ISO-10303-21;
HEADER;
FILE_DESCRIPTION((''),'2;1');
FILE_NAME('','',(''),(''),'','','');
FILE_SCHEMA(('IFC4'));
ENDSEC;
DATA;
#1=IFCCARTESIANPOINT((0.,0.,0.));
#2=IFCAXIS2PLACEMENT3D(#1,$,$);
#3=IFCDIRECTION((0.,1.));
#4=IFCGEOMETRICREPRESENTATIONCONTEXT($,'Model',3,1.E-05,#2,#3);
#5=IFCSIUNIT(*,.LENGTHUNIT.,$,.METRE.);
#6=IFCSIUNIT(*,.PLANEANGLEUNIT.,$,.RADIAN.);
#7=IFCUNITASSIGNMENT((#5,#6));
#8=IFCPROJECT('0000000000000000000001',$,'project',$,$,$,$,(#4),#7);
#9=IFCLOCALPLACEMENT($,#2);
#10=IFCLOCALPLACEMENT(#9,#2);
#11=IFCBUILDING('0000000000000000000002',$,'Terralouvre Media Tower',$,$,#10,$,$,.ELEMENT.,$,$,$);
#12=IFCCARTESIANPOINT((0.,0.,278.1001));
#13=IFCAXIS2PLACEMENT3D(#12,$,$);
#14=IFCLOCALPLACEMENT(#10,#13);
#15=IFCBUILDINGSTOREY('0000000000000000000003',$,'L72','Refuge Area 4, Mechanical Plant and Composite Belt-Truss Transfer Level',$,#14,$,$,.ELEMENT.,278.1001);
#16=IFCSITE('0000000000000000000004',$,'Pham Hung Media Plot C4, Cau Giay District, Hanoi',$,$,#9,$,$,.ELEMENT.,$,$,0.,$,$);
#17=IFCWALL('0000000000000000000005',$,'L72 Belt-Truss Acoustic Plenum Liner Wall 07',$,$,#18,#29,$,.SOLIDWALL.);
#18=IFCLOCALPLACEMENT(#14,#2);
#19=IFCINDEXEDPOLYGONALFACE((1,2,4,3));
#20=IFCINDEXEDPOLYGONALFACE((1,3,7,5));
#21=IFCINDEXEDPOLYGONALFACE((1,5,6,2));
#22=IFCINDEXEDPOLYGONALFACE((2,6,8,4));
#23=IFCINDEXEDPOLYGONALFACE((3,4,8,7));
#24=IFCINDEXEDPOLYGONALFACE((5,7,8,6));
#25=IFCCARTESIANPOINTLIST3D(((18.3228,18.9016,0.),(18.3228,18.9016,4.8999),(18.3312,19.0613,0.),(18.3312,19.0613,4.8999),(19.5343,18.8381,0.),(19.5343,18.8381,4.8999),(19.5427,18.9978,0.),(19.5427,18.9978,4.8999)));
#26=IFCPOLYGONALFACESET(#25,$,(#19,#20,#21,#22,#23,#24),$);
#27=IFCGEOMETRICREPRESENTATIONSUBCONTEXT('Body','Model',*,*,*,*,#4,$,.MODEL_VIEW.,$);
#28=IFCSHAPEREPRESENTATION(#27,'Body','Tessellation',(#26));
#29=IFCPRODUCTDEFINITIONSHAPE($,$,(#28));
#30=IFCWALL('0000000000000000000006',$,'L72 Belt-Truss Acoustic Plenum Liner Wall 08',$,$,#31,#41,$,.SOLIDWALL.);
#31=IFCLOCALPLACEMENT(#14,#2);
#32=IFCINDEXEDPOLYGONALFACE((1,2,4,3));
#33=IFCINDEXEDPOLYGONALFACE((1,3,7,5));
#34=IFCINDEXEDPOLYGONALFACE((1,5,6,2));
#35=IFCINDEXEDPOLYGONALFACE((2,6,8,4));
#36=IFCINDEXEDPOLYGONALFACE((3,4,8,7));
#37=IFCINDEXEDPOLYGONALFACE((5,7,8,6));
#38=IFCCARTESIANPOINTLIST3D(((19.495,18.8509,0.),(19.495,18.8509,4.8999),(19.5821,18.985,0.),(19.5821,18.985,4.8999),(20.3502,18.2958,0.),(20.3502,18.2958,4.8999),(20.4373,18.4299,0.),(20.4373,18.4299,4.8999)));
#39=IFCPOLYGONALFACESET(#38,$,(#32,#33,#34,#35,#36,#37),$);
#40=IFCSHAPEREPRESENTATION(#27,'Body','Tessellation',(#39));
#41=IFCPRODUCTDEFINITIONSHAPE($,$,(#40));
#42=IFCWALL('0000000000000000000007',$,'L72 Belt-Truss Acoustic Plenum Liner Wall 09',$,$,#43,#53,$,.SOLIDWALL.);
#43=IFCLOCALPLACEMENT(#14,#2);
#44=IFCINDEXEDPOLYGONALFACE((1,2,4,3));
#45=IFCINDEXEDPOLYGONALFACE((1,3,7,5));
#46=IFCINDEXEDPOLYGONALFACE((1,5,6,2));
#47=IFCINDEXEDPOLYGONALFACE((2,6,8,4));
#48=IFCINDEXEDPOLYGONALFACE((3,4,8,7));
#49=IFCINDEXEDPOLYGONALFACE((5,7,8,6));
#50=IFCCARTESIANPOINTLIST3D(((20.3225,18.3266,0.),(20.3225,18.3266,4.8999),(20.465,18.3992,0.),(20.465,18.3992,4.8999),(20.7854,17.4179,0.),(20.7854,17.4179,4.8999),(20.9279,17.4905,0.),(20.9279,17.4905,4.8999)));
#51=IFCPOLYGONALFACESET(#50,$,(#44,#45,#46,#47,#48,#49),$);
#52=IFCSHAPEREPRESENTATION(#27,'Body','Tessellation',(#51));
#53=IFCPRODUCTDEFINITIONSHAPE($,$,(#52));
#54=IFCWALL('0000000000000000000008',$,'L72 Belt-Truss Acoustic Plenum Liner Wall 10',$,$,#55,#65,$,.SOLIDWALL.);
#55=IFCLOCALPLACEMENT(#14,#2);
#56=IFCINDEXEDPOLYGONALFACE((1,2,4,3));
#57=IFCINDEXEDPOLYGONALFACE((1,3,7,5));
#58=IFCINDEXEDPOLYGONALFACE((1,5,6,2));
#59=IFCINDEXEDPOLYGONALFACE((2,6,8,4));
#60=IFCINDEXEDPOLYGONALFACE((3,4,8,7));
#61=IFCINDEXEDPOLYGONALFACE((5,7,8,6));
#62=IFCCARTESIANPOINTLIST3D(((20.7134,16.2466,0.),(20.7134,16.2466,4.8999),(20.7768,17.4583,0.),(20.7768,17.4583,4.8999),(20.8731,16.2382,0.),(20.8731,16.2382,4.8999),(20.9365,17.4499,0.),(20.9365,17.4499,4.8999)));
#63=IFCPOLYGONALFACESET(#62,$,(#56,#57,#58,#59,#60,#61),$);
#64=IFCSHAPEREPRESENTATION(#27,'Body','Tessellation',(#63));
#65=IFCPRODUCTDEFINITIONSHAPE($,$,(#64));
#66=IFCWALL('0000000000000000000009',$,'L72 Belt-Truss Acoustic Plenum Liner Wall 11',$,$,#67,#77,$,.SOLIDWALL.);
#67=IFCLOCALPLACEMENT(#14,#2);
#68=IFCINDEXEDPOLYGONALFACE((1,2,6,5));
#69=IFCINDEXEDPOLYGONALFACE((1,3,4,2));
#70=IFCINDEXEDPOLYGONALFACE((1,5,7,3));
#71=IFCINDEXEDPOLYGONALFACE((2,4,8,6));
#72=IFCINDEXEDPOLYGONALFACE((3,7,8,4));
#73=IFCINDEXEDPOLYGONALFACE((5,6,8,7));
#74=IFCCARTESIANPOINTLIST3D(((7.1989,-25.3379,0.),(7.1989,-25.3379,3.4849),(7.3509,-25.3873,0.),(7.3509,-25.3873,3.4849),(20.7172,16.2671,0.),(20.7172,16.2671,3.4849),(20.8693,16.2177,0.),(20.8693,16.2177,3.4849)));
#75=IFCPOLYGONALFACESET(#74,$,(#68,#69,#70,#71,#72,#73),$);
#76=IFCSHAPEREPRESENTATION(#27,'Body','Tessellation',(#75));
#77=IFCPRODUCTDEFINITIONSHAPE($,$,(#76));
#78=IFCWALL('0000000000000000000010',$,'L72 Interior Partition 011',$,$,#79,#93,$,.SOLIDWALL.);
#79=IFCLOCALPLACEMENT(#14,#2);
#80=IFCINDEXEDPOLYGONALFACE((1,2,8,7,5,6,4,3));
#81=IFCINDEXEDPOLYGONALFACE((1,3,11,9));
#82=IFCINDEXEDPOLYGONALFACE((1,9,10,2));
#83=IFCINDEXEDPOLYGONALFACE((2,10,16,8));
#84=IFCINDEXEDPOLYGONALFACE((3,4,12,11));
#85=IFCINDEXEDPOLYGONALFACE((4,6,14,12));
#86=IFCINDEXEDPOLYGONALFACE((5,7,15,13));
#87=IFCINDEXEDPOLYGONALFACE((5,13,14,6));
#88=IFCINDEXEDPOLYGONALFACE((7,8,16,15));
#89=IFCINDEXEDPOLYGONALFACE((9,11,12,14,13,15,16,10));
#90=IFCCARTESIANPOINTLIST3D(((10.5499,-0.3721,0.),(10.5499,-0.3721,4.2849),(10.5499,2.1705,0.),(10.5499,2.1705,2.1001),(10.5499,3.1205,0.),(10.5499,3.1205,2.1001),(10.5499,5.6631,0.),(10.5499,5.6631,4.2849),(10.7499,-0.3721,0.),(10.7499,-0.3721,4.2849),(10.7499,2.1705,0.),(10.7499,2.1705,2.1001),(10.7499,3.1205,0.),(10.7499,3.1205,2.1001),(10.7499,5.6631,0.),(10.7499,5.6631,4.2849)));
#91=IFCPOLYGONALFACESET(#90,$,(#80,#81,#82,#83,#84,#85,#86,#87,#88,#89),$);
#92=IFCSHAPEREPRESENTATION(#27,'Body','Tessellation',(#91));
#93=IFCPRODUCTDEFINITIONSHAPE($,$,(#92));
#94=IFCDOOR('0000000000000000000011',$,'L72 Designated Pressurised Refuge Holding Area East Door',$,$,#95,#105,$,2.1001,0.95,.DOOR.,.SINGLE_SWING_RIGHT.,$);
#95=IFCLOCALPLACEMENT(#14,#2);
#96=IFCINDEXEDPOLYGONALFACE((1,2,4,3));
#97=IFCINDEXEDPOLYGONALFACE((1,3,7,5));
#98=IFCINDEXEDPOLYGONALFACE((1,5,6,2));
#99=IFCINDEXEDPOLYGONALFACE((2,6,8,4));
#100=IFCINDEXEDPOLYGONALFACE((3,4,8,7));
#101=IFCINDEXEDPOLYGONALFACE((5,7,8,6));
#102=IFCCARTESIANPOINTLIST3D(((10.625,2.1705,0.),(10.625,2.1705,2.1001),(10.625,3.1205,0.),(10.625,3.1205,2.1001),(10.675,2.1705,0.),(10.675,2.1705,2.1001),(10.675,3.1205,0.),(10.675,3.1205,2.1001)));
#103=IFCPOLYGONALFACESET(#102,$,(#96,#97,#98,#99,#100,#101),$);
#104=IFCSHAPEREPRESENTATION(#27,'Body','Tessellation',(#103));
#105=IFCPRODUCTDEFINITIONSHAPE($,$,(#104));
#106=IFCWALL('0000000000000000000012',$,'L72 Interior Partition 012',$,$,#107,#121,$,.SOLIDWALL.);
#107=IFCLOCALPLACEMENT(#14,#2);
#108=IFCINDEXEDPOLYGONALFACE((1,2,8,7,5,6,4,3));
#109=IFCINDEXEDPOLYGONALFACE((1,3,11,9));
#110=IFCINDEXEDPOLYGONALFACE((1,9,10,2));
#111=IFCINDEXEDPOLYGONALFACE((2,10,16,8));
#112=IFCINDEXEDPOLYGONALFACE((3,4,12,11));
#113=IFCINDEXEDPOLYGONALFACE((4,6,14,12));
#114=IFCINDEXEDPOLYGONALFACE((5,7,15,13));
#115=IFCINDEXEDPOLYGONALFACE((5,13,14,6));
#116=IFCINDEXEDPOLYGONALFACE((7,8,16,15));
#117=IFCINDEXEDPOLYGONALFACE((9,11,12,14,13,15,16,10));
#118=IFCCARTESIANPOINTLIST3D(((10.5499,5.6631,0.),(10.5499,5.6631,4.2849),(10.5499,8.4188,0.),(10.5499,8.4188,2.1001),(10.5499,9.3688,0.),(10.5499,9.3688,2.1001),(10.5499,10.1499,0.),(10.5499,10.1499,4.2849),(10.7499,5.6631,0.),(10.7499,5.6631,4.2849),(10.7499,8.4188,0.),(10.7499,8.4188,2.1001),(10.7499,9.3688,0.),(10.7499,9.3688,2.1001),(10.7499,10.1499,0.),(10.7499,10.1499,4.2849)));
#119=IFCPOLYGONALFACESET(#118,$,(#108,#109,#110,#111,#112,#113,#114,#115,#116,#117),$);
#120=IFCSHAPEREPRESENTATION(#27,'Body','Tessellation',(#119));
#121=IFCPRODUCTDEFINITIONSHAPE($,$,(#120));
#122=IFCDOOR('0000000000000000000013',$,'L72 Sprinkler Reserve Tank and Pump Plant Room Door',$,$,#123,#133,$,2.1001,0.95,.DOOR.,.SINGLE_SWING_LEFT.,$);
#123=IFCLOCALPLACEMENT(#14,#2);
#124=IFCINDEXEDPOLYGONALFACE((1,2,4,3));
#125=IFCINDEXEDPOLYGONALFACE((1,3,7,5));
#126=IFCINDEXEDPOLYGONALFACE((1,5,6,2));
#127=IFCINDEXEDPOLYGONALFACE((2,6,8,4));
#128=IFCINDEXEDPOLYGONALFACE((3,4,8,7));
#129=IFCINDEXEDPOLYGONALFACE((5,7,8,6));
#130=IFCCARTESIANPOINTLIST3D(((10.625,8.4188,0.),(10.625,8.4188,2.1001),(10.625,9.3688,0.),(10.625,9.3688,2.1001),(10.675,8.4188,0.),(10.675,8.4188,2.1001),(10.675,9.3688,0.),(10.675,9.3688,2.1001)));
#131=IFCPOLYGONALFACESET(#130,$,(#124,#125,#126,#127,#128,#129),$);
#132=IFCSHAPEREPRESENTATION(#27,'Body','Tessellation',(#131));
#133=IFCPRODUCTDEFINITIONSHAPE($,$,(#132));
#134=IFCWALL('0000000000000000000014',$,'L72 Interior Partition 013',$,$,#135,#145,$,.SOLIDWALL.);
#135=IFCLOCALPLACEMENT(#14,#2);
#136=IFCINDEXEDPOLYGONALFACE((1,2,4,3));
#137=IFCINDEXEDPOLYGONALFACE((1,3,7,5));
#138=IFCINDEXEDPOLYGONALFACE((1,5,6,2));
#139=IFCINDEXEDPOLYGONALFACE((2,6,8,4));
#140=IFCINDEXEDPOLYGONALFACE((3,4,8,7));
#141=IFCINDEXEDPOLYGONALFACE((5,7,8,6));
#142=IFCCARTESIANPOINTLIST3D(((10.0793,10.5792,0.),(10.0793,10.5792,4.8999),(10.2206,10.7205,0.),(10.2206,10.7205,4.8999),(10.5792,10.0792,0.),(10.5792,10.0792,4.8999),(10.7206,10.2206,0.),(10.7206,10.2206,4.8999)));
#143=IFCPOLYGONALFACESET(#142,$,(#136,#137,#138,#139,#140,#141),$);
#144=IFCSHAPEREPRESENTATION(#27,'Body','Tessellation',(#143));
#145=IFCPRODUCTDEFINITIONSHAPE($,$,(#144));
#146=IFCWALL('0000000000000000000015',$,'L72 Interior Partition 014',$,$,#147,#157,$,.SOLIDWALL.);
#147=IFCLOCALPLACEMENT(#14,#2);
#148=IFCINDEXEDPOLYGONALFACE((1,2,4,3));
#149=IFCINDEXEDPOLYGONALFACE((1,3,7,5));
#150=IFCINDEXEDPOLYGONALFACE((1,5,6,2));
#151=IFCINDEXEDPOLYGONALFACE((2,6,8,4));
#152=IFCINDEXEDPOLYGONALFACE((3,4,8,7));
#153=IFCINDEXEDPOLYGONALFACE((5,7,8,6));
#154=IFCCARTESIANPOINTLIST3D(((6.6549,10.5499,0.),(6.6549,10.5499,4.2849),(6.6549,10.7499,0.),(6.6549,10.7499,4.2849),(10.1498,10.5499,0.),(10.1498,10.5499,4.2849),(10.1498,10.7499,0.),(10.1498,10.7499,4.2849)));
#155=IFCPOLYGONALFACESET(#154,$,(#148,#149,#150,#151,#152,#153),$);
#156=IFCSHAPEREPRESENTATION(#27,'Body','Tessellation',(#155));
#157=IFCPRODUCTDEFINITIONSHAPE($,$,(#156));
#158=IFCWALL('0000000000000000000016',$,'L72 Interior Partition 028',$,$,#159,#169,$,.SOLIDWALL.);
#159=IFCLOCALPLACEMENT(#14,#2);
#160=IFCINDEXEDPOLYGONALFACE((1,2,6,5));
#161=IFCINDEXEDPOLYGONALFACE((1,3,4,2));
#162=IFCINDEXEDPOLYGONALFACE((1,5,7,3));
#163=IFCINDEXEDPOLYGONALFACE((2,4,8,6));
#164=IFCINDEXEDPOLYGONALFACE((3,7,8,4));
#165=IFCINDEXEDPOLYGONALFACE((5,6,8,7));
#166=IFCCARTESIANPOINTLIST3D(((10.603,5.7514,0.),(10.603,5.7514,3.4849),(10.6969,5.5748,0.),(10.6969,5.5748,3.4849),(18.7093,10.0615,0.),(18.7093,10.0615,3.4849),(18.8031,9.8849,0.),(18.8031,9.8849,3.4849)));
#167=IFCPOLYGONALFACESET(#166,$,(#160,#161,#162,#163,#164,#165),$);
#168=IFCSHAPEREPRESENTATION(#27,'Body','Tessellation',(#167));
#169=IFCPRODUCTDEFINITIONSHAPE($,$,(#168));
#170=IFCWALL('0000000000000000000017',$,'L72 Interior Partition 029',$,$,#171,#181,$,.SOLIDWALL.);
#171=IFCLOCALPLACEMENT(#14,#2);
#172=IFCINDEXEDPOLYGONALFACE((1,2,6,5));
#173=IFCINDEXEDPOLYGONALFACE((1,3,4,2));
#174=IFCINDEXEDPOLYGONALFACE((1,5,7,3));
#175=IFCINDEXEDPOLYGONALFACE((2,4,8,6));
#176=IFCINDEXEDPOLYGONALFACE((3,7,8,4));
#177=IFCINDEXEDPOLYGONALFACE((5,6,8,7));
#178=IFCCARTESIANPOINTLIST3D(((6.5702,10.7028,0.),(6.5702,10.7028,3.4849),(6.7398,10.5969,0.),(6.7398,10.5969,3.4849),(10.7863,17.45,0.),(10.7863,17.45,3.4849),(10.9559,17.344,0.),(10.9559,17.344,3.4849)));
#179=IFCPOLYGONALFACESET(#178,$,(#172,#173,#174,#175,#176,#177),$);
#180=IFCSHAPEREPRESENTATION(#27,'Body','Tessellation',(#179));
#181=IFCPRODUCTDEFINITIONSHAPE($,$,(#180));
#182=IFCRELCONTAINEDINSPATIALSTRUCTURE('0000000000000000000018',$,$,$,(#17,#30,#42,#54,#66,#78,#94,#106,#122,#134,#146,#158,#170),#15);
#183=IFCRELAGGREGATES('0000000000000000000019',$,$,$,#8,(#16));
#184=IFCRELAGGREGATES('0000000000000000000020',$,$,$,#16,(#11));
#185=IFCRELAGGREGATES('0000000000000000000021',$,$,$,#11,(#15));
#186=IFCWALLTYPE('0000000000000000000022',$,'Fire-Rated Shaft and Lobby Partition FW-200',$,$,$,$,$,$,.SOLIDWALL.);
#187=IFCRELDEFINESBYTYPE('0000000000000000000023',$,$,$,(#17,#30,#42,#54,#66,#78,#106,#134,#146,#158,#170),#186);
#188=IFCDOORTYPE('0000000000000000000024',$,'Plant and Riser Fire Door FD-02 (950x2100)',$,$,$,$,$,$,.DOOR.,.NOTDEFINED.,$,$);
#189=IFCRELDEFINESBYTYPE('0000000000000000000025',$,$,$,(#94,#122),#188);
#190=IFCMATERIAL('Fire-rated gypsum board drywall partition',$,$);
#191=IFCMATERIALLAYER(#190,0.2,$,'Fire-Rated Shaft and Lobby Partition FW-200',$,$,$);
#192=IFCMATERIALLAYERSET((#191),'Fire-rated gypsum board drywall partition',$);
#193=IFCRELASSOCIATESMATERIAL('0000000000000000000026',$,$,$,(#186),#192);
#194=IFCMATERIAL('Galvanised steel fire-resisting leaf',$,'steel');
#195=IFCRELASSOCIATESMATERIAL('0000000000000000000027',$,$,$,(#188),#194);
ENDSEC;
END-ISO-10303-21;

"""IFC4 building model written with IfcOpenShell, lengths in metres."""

from ifc_helpers import new_model, si_unit, direction, frame, frame_2d, origin, place, context, subcontext, project, spatial, rectangle, extrude, material, layer, layer_set, type_object, element, fill, save


model = new_model("IFC4")

# Units and contexts
model_context = context("Model", 3, precision=1e-05, world=origin(), true_north=direction((0.0, 1.0)))
body_context = subcontext(model_context, "Body", "Model", "MODEL_VIEW")
ifc_project = project(units=[si_unit("LENGTHUNIT", "METRE"), si_unit("PLANEANGLEUNIT", "RADIAN")], contexts=[model_context])

# Site, building, storey
site_placement = place(None, origin())
site = spatial("IfcSite", under=ifc_project, at=site_placement, Name="Pham Hung Media Plot C4, Cau Giay District, Hanoi", CompositionType="ELEMENT", RefElevation=0.0)
building_placement = place(site_placement, origin())
building = spatial("IfcBuilding", under=site, at=building_placement, Name="Terralouvre Media Tower", CompositionType="ELEMENT")
storey_placement = place(building_placement, frame((0.0, 0.0, 278.1001)))
storey = spatial("IfcBuildingStorey", under=building, at=storey_placement, Name="L72", Description="Refuge Area 4, Mechanical Plant and Composite Belt-Truss Transfer Level", CompositionType="ELEMENT", Elevation=278.1001)

# Walls
ifc_material_1 = material(Name="Fire-rated gypsum board drywall partition")
ifc_layer_1 = layer(ifc_material_1, 0.2, Name="Fire-Rated Shaft and Lobby Partition FW-200")
ifc_layer_set_1 = layer_set([ifc_layer_1], Name="Fire-rated gypsum board drywall partition")
wall_type_1 = type_object("IfcWallType", Name="Fire-Rated Shaft and Lobby Partition FW-200", PredefinedType="SOLIDWALL", material=ifc_layer_set_1)
wall_1_placement = place(storey_placement, frame((18.3271, 18.9814, 0.0), z_axis=(0.0, 0.0, 1.0), x_axis=(0.99863, -0.052326, 0.0)))
element("IfcWall", 1, at=wall_1_placement, inside=storey, type_object=wall_type_1, Name="L72 Belt-Truss Acoustic Plenum Liner Wall 07", PredefinedType="SOLIDWALL", context=body_context, shape_type="SweptSolid", body=[
    extrude(rectangle(XDim=1.2131, YDim=0.1599, at=frame_2d((0.6064, 0.0))), origin(), (0.0, 0.0, 1.0), 4.8999),
])
wall_2_placement = place(storey_placement, frame((19.5386, 18.918, 0.0), z_axis=(0.0, 0.0, 1.0), x_axis=(0.838766, -0.544492, 0.0)))
element("IfcWall", 2, at=wall_2_placement, inside=storey, type_object=wall_type_1, Name="L72 Belt-Truss Acoustic Plenum Liner Wall 08", PredefinedType="SOLIDWALL", context=body_context, shape_type="SweptSolid", body=[
    extrude(rectangle(XDim=1.0195, YDim=0.1599, at=frame_2d((0.5098, 0.0))), origin(), (0.0, 0.0, 1.0), 4.8999),
])
wall_3_placement = place(storey_placement, frame((20.3938, 18.3628, 0.0), z_axis=(0.0, 0.0, 1.0), x_axis=(0.453904, -0.89105, 0.0)))
element("IfcWall", 3, at=wall_3_placement, inside=storey, type_object=wall_type_1, Name="L72 Belt-Truss Acoustic Plenum Liner Wall 09", PredefinedType="SOLIDWALL", context=body_context, shape_type="SweptSolid", body=[
    extrude(rectangle(XDim=1.0198, YDim=0.1599, at=frame_2d((0.5098, 0.0))), origin(), (0.0, 0.0, 1.0), 4.8999),
])
wall_4_placement = place(storey_placement, frame((20.8567, 17.4541, 0.0), z_axis=(0.0, 0.0, 1.0), x_axis=(-0.052316, -0.998631, 0.0)))
element("IfcWall", 4, at=wall_4_placement, inside=storey, type_object=wall_type_1, Name="L72 Belt-Truss Acoustic Plenum Liner Wall 10", PredefinedType="SOLIDWALL", context=body_context, shape_type="SweptSolid", body=[
    extrude(rectangle(XDim=1.2134, YDim=0.1599, at=frame_2d((0.6067, 0.0))), origin(), (0.0, 0.0, 1.0), 4.8999),
])
wall_5_placement = place(storey_placement, frame((20.7932, 16.2424, 0.0), z_axis=(0.0, 0.0, 1.0), x_axis=(-0.309018, -0.951056, 0.0)))
element("IfcWall", 5, at=wall_5_placement, inside=storey, type_object=wall_type_1, Name="L72 Belt-Truss Acoustic Plenum Liner Wall 11", PredefinedType="SOLIDWALL", context=body_context, shape_type="SweptSolid", body=[
    extrude(rectangle(XDim=43.7461, YDim=0.1599, at=frame_2d((21.873, 0.0))), origin(), (0.0, 0.0, 1.0), 3.4849),
])

# Walls, openings, doors
wall_6_placement = place(storey_placement, frame((10.6499, -0.3721, 0.0), z_axis=(0.0, 0.0, 1.0), x_axis=(0.0, 1.0, 0.0)))
wall_6 = element("IfcWall", 6, at=wall_6_placement, inside=storey, type_object=wall_type_1, Name="L72 Interior Partition 011", PredefinedType="SOLIDWALL", context=body_context, shape_type="SweptSolid", body=[
    extrude(rectangle(XDim=6.0352, YDim=0.2, at=frame_2d((3.0176, 0.0))), origin(), (0.0, 0.0, 1.0), 4.2849),
])
opening_1_placement = place(wall_6_placement, frame((2.5425, 0.0, 0.0)))
opening_1 = element("IfcOpeningElement", 7, at=opening_1_placement, cuts=wall_6, PredefinedType="OPENING", context=body_context, shape_type="SweptSolid", body=[
    extrude(rectangle(XDim=0.95, YDim=2.1001, at=frame_2d((0.4751, 1.05))), frame((0.0, 0.1099, 0.0), z_axis=(0.0, -1.0, 0.0), x_axis=(1.0, 0.0, 0.0)), (0.0, 0.0, 1.0), 0.22),
])
ifc_material_2 = material(Name="Galvanised steel fire-resisting leaf", Category="steel")
door_type = type_object("IfcDoorType", Name="Plant and Riser Fire Door FD-02 (950x2100)", OperationType="NOTDEFINED", PredefinedType="DOOR", material=ifc_material_2)
door_1_placement = place(opening_1_placement, origin())
door_1 = element("IfcDoor", 8, at=door_1_placement, inside=storey, type_object=door_type, Name="L72 Designated Pressurised Refuge Holding Area East Door", OperationType="SINGLE_SWING_RIGHT", OverallHeight=2.1001, OverallWidth=0.95, PredefinedType="DOOR", context=body_context, shape_type="SweptSolid", body=[
    extrude(rectangle(XDim=0.95, YDim=2.1001, at=frame_2d((0.4751, 1.05))), frame((0.0, 0.0249, 0.0), z_axis=(0.0, -1.0, 0.0), x_axis=(1.0, 0.0, 0.0)), (0.0, 0.0, 1.0), 0.05),
])
fill(opening_1, door_1)
wall_7_placement = place(storey_placement, frame((10.6499, 5.6631, 0.0), z_axis=(0.0, 0.0, 1.0), x_axis=(0.0, 1.0, 0.0)))
wall_7 = element("IfcWall", 9, at=wall_7_placement, inside=storey, type_object=wall_type_1, Name="L72 Interior Partition 012", PredefinedType="SOLIDWALL", context=body_context, shape_type="SweptSolid", body=[
    extrude(rectangle(XDim=4.4868, YDim=0.2, at=frame_2d((2.2434, 0.0))), origin(), (0.0, 0.0, 1.0), 4.2849),
])
opening_2_placement = place(wall_7_placement, frame((2.7556, 0.0, 0.0)))
opening_2 = element("IfcOpeningElement", 10, at=opening_2_placement, cuts=wall_7, PredefinedType="OPENING", context=body_context, shape_type="SweptSolid", body=[
    extrude(rectangle(XDim=0.95, YDim=2.1001, at=frame_2d((0.4751, 1.05))), frame((0.0, 0.1099, 0.0), z_axis=(0.0, -1.0, 0.0), x_axis=(1.0, 0.0, 0.0)), (0.0, 0.0, 1.0), 0.22),
])
door_2_placement = place(opening_2_placement, origin())
door_2 = element("IfcDoor", 11, at=door_2_placement, inside=storey, type_object=door_type, Name="L72 Sprinkler Reserve Tank and Pump Plant Room Door", OperationType="SINGLE_SWING_LEFT", OverallHeight=2.1001, OverallWidth=0.95, PredefinedType="DOOR", context=body_context, shape_type="SweptSolid", body=[
    extrude(rectangle(XDim=0.95, YDim=2.1001, at=frame_2d((0.4751, 1.05))), frame((0.0, 0.0249, 0.0), z_axis=(0.0, -1.0, 0.0), x_axis=(1.0, 0.0, 0.0)), (0.0, 0.0, 1.0), 0.05),
])
fill(opening_2, door_2)

# Walls
wall_8_placement = place(storey_placement, frame((10.6499, 10.1499, 0.0), z_axis=(0.0, 0.0, 1.0), x_axis=(-0.707107, 0.707107, 0.0)))
element("IfcWall", 12, at=wall_8_placement, inside=storey, type_object=wall_type_1, Name="L72 Interior Partition 013", PredefinedType="SOLIDWALL", context=body_context, shape_type="SweptSolid", body=[
    extrude(rectangle(XDim=0.707, YDim=0.2, at=frame_2d((0.3535, 0.0))), origin(), (0.0, 0.0, 1.0), 4.8999),
])
wall_9_placement = place(storey_placement, frame((10.1499, 10.6499, 0.0), z_axis=(0.0, 0.0, 1.0), x_axis=(-1.0, 0.0, 0.0)))
element("IfcWall", 13, at=wall_9_placement, inside=storey, type_object=wall_type_1, Name="L72 Interior Partition 014", PredefinedType="SOLIDWALL", context=body_context, shape_type="SweptSolid", body=[
    extrude(rectangle(XDim=3.4949, YDim=0.2, at=frame_2d((1.7476, 0.0))), origin(), (0.0, 0.0, 1.0), 4.2849),
])
wall_10_placement = place(storey_placement, frame((18.7561, 9.9731, 0.0), z_axis=(0.0, 0.0, 1.0), x_axis=(-0.882951, -0.469464, 0.0)))
element("IfcWall", 14, at=wall_10_placement, inside=storey, type_object=wall_type_1, Name="L72 Interior Partition 028", PredefinedType="SOLIDWALL", context=body_context, shape_type="SweptSolid", body=[
    extrude(rectangle(XDim=9.1809, YDim=0.2, at=frame_2d((4.5903, 0.0))), origin(), (0.0, 0.0, 1.0), 3.4849),
])
wall_11_placement = place(storey_placement, frame((10.8711, 17.397, 0.0), z_axis=(0.0, 0.0, 1.0), x_axis=(-0.529922, -0.848047, 0.0)))
element("IfcWall", 15, at=wall_11_placement, inside=storey, type_object=wall_type_1, Name="L72 Interior Partition 029", PredefinedType="SOLIDWALL", context=body_context, shape_type="SweptSolid", body=[
    extrude(rectangle(XDim=7.9561, YDim=0.2, at=frame_2d((3.978, 0.0))), origin(), (0.0, 0.0, 1.0), 3.4849),
])

save(model, "model.ifc")
